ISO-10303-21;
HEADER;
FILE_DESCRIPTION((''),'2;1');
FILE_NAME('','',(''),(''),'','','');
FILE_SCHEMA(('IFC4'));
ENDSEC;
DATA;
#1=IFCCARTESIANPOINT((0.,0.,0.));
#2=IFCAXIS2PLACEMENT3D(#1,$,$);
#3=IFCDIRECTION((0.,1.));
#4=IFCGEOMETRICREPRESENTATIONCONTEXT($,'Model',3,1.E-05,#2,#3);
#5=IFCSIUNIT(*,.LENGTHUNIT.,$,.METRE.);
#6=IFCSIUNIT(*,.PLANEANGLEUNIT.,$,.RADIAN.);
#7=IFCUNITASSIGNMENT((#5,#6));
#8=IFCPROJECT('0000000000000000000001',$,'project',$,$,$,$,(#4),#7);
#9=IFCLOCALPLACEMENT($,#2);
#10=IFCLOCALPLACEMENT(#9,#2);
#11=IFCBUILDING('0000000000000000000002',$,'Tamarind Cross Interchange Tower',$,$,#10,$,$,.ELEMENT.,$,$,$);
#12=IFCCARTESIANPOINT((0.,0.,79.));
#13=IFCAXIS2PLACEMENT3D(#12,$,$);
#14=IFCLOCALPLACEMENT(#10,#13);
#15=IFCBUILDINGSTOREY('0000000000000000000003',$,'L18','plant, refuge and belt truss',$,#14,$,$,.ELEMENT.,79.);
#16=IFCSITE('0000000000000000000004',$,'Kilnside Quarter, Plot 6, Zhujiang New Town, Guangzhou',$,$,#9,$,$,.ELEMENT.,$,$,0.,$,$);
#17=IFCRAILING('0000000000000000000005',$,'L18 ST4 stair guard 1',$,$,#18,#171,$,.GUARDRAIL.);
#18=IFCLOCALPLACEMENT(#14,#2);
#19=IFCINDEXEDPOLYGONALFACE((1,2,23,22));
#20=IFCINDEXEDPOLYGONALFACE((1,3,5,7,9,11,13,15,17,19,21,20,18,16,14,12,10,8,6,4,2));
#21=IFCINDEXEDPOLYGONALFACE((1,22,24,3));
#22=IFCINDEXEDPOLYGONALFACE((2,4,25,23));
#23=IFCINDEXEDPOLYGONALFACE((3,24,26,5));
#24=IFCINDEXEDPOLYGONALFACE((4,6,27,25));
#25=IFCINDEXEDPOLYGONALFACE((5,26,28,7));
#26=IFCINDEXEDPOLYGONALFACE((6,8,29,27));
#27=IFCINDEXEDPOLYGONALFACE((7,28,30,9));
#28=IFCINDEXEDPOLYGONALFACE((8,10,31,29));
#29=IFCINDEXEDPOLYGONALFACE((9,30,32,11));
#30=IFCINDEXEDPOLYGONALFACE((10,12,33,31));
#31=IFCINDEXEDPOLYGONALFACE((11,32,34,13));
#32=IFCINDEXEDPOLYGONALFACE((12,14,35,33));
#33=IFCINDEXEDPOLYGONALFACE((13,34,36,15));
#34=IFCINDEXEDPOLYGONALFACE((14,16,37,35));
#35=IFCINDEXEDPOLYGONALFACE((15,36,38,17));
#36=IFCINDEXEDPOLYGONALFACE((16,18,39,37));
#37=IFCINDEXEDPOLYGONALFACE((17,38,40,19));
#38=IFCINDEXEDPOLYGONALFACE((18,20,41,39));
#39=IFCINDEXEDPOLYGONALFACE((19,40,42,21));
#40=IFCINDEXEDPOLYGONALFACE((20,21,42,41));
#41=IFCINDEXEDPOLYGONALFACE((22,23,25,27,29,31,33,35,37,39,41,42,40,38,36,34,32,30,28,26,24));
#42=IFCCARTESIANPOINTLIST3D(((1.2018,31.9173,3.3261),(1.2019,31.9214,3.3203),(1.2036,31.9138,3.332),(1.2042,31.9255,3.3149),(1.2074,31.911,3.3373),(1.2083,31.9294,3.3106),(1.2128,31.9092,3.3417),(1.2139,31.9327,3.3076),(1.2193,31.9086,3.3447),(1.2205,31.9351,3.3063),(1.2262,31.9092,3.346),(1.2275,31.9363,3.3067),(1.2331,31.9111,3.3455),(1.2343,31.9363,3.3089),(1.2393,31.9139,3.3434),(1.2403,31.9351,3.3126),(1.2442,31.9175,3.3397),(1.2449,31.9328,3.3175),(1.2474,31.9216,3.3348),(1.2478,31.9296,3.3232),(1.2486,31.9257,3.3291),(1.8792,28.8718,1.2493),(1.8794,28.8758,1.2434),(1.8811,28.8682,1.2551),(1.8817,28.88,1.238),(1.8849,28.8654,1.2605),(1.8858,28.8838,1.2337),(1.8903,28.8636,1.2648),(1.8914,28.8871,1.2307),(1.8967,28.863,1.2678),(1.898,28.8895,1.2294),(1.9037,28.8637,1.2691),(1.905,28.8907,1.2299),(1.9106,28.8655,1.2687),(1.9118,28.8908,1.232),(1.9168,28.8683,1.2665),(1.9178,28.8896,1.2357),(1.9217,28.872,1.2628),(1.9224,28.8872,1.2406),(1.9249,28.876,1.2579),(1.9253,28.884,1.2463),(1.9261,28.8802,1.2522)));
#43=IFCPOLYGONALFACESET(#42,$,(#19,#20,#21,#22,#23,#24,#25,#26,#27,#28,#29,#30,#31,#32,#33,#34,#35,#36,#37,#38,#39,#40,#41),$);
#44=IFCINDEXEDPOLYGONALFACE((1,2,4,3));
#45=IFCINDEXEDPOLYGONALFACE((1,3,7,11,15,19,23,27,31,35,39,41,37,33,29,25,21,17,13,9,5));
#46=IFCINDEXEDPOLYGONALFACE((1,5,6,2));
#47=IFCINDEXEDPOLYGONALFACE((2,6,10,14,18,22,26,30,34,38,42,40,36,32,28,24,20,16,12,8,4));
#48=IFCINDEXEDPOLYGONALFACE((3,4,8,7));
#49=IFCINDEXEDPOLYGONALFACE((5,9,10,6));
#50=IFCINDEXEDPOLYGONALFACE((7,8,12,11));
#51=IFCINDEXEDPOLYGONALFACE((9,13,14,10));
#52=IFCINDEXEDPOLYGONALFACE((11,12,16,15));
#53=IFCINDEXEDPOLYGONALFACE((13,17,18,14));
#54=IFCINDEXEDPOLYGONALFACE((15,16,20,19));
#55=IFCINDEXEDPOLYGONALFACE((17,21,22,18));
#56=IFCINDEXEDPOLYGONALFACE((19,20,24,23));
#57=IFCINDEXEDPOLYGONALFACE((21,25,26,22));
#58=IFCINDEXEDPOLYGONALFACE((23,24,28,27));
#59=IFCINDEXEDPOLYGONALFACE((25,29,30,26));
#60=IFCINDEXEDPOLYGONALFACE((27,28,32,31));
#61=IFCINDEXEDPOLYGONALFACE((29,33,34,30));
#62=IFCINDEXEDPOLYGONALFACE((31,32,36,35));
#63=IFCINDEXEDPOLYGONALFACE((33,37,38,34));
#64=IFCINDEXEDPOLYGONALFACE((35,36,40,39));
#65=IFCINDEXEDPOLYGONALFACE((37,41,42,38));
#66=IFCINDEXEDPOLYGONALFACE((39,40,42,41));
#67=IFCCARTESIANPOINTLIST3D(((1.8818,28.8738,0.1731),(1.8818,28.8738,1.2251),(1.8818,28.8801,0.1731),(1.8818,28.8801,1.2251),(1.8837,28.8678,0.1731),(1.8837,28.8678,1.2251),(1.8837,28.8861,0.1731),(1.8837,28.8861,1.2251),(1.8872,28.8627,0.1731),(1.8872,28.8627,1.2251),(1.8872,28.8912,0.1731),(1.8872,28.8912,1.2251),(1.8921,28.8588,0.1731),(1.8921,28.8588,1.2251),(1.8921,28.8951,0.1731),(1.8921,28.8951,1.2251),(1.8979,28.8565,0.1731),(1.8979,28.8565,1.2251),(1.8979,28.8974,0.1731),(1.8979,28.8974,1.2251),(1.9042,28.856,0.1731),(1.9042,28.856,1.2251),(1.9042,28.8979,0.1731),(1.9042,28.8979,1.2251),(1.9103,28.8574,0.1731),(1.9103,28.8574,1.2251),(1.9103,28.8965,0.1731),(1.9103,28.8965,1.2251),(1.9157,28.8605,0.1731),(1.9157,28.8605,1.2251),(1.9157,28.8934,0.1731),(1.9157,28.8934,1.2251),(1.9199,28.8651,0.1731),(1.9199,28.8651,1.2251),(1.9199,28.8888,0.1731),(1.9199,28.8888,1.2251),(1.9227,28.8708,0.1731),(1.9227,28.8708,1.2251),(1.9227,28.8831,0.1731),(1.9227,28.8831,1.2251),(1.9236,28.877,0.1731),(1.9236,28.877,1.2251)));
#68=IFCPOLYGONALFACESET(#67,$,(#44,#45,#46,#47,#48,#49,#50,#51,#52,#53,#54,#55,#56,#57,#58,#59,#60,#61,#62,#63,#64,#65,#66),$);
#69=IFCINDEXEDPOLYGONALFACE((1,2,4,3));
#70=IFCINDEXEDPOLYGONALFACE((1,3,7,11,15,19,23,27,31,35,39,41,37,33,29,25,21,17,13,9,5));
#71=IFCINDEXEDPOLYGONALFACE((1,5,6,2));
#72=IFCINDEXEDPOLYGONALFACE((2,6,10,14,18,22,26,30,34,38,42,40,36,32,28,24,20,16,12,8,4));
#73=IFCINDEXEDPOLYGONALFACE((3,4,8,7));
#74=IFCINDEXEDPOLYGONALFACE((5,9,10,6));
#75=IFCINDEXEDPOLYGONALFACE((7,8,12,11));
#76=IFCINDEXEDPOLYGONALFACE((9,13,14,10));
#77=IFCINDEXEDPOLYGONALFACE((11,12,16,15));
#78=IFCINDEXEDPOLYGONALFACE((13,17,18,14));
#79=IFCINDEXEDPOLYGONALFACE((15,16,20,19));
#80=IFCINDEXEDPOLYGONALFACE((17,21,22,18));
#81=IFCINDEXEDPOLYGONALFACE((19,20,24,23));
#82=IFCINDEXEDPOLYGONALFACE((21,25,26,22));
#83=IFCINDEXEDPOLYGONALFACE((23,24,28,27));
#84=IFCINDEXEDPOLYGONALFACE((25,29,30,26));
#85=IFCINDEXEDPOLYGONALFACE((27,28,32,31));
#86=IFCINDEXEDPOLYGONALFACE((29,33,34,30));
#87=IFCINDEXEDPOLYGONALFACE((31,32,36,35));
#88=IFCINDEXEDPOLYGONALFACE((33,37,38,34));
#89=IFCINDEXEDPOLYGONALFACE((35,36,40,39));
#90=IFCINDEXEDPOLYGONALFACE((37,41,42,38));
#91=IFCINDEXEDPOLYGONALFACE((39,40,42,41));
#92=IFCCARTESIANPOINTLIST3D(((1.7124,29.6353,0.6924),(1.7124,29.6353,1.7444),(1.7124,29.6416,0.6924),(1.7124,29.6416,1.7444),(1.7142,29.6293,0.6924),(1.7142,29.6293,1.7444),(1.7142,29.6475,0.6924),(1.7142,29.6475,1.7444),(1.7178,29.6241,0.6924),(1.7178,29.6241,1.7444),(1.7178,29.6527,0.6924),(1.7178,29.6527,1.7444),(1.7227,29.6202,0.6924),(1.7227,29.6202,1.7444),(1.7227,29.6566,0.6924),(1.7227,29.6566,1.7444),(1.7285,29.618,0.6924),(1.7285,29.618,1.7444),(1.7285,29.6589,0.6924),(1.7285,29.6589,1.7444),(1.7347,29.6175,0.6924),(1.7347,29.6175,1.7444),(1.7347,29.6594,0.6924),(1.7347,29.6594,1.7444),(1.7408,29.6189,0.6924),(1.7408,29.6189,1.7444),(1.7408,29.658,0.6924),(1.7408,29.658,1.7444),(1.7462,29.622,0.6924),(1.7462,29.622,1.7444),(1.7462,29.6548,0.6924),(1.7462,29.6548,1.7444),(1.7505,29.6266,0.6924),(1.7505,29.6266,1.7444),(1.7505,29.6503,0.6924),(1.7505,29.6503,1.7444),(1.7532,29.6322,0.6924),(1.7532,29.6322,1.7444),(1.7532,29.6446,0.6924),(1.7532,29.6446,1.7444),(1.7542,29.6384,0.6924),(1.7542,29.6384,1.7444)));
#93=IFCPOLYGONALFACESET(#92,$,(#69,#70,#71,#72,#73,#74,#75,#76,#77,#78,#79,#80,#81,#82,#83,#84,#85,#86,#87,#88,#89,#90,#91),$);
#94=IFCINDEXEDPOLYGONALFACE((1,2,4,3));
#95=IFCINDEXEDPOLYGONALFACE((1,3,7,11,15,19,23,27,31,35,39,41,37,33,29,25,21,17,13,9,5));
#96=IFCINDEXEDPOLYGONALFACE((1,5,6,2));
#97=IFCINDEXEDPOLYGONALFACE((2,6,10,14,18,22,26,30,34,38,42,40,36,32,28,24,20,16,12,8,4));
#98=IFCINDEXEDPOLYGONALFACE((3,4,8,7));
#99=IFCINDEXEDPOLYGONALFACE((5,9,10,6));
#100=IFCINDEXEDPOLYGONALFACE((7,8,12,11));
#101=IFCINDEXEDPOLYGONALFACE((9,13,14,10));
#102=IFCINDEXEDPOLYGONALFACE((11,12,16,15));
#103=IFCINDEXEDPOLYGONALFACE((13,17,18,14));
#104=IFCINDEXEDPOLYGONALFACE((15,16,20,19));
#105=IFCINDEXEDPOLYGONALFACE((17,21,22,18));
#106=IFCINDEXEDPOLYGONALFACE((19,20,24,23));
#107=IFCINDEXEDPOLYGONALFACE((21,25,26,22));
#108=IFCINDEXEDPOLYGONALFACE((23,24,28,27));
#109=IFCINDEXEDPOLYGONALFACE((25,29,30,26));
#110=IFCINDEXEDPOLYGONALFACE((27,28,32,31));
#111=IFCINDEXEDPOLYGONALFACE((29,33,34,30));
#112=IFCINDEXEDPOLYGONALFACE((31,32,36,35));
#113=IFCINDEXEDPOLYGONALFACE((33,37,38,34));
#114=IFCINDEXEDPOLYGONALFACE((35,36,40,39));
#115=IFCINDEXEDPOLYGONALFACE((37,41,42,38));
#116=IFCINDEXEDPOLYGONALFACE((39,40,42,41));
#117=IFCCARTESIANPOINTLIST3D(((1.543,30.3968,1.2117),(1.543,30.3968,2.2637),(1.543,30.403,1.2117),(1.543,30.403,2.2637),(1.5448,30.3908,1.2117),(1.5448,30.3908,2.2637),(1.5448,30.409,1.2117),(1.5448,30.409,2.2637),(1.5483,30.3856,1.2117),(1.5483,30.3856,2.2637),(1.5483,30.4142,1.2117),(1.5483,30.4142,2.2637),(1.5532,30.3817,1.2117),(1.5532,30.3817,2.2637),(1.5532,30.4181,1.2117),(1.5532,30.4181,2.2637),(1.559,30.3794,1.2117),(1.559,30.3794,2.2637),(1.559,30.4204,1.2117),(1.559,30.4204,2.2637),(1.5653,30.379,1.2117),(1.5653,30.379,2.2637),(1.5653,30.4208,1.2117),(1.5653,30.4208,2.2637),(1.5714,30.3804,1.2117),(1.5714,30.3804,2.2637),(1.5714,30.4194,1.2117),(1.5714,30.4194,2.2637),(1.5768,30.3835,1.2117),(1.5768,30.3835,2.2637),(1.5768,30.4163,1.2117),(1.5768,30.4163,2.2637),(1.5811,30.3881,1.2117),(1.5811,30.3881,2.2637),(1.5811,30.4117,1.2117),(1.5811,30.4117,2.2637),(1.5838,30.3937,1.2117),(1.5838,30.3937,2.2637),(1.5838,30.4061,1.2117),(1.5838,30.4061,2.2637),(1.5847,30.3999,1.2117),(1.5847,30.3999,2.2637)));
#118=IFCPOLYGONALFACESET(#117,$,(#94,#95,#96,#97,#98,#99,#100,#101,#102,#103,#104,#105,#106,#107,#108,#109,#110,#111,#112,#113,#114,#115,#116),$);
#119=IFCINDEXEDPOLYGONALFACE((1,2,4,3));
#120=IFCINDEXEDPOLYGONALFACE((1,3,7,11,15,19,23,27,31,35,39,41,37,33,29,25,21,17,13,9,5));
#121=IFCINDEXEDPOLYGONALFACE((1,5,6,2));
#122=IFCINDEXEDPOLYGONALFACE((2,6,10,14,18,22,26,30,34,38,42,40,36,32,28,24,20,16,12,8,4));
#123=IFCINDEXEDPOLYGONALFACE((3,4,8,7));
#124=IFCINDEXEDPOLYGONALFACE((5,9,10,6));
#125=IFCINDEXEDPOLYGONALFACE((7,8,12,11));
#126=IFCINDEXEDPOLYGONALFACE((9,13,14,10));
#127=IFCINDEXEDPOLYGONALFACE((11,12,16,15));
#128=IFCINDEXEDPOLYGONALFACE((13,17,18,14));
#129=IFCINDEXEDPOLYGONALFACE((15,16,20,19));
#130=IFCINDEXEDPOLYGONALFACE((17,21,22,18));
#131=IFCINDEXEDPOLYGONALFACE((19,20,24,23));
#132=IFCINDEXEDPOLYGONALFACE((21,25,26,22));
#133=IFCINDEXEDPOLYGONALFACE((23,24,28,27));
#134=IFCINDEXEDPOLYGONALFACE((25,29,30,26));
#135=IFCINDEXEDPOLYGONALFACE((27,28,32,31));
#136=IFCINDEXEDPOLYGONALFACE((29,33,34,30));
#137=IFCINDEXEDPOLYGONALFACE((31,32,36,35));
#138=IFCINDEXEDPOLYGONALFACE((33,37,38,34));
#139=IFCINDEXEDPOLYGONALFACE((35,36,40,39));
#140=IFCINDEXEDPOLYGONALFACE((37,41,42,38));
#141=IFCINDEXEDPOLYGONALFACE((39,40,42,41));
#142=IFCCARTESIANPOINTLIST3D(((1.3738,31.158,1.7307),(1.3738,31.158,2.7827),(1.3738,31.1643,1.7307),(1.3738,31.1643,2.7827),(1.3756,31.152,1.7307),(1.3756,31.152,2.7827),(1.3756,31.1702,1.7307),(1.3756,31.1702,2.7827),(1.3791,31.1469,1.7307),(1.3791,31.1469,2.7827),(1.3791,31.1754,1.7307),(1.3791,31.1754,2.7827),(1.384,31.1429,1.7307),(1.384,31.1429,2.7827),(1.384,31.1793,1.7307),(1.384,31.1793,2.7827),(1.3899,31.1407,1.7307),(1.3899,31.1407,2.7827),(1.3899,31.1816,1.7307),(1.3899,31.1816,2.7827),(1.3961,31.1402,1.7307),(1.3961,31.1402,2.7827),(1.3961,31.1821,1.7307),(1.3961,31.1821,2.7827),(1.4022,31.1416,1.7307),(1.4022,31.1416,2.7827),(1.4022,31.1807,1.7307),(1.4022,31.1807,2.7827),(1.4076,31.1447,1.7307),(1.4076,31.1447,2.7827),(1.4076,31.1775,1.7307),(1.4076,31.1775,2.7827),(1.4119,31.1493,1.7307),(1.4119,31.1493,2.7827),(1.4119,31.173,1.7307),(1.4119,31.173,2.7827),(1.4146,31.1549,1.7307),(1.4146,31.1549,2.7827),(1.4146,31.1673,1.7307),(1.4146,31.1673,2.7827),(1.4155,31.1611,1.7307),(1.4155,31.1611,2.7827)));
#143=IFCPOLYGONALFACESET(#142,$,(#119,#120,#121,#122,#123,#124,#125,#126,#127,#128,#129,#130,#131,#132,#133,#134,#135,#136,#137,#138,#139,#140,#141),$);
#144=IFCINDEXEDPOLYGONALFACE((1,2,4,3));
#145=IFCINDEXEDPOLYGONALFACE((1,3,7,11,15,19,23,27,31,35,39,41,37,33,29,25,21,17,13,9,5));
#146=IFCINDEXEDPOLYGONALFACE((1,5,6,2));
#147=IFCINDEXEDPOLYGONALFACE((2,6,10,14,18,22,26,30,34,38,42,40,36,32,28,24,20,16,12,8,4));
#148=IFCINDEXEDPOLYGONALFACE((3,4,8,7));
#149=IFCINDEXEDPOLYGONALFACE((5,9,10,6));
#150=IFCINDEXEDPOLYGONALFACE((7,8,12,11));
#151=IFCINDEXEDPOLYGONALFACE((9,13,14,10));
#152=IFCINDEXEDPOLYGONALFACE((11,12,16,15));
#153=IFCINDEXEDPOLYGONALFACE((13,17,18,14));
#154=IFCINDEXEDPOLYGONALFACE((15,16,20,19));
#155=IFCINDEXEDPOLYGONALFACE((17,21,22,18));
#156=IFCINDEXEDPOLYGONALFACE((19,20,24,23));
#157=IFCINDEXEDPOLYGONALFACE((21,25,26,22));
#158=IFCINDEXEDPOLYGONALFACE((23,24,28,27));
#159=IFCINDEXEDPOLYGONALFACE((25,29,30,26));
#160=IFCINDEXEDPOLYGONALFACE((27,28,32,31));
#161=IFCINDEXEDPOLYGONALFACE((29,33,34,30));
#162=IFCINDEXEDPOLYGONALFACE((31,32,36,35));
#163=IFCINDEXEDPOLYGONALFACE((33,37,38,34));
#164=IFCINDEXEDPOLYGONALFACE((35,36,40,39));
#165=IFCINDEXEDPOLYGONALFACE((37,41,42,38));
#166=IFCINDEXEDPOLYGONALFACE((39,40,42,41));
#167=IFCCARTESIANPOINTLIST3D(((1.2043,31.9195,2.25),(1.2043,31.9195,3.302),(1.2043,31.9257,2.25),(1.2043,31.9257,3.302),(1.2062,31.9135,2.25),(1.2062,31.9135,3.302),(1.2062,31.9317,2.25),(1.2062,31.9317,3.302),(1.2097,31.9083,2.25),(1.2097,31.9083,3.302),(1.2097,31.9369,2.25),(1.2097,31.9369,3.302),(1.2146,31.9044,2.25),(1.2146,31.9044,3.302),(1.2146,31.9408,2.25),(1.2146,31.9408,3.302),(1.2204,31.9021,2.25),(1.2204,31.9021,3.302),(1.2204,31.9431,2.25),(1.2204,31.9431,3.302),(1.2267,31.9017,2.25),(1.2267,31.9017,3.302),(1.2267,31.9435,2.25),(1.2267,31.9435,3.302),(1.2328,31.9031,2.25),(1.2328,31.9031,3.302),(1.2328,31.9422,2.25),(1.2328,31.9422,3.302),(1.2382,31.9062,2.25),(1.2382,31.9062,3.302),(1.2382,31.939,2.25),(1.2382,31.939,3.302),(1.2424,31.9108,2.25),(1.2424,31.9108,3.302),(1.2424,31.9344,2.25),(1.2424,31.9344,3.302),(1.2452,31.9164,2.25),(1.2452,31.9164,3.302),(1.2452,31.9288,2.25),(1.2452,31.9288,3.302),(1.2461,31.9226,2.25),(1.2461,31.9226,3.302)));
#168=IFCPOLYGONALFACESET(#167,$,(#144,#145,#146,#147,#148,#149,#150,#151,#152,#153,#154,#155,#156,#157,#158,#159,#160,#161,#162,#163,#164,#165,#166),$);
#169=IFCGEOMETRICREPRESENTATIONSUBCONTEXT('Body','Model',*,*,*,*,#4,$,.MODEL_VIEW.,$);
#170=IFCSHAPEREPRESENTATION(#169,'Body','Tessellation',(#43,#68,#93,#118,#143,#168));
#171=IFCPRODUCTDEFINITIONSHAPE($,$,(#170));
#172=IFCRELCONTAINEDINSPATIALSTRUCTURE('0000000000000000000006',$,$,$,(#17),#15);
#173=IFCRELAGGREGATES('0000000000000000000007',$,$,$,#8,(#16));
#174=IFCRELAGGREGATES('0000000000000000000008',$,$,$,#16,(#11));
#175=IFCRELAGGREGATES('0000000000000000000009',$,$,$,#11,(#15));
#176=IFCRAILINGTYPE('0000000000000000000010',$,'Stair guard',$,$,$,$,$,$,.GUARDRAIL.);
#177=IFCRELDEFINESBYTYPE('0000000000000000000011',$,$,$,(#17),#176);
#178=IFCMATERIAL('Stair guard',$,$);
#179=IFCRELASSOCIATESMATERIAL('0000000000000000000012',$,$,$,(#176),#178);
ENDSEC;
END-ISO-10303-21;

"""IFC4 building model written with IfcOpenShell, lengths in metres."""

from ifc_helpers import new_model, si_unit, direction, frame, origin, origin_2d, place, context, subcontext, project, spatial, circle, extrude, material, type_object, element, save


model = new_model("IFC4")

# Units and contexts
model_context = context("Model", 3, precision=1e-05, world=origin(), true_north=direction((0.0, 1.0)))
body_context = subcontext(model_context, "Body", "Model", "MODEL_VIEW")
ifc_project = project(units=[si_unit("LENGTHUNIT", "METRE"), si_unit("PLANEANGLEUNIT", "RADIAN")], contexts=[model_context])

# Site, building, storey
site_placement = place(None, origin())
site = spatial("IfcSite", under=ifc_project, at=site_placement, Name="Kilnside Quarter, Plot 6, Zhujiang New Town, Guangzhou", CompositionType="ELEMENT", RefElevation=0.0)
building_placement = place(site_placement, origin())
building = spatial("IfcBuilding", under=site, at=building_placement, Name="Tamarind Cross Interchange Tower", CompositionType="ELEMENT")
storey_placement = place(building_placement, frame((0.0, 0.0, 79.0)))
storey = spatial("IfcBuildingStorey", under=building, at=storey_placement, Name="L18", Description="plant, refuge and belt truss", CompositionType="ELEMENT", Elevation=79.0)

# Railing
ifc_material_1 = material(Name="Stair guard")
railing_type_1 = type_object("IfcRailingType", Name="Stair guard", PredefinedType="GUARDRAIL", material=ifc_material_1)
railing_1_placement = place(storey_placement, frame((1.9026, 28.877, 0.1731)))
element("IfcRailing", 1, at=railing_1_placement, inside=storey, type_object=railing_type_1, Name="L18 ST4 stair guard 1", PredefinedType="GUARDRAIL", context=body_context, shape_type="SweptSolid", body=[
    extrude(circle(Radius=0.0239, at=origin_2d()), frame((0.0, 0.0, 1.0762), z_axis=(-0.180754, 0.812578, 0.554116), x_axis=(-0.976141, -0.217138, 0.0)), (0.0, 0.0, 1.0), 3.748),
    extrude(circle(Radius=0.021, at=origin_2d()), origin(), (0.0, 0.0, 1.0), 1.052),
    extrude(circle(Radius=0.021, at=origin_2d()), frame((-0.1694, 0.7615, 0.5193)), (0.0, 0.0, 1.0), 1.052),
    extrude(circle(Radius=0.021, at=origin_2d()), frame((-0.3389, 1.5229, 1.0386)), (0.0, 0.0, 1.0), 1.052),
    extrude(circle(Radius=0.021, at=origin_2d()), frame((-0.5081, 2.2842, 1.5576)), (0.0, 0.0, 1.0), 1.052),
    extrude(circle(Radius=0.021, at=origin_2d()), frame((-0.6775, 3.0457, 2.0769)), (0.0, 0.0, 1.0), 1.052),
])

save(model, "model.ifc")
